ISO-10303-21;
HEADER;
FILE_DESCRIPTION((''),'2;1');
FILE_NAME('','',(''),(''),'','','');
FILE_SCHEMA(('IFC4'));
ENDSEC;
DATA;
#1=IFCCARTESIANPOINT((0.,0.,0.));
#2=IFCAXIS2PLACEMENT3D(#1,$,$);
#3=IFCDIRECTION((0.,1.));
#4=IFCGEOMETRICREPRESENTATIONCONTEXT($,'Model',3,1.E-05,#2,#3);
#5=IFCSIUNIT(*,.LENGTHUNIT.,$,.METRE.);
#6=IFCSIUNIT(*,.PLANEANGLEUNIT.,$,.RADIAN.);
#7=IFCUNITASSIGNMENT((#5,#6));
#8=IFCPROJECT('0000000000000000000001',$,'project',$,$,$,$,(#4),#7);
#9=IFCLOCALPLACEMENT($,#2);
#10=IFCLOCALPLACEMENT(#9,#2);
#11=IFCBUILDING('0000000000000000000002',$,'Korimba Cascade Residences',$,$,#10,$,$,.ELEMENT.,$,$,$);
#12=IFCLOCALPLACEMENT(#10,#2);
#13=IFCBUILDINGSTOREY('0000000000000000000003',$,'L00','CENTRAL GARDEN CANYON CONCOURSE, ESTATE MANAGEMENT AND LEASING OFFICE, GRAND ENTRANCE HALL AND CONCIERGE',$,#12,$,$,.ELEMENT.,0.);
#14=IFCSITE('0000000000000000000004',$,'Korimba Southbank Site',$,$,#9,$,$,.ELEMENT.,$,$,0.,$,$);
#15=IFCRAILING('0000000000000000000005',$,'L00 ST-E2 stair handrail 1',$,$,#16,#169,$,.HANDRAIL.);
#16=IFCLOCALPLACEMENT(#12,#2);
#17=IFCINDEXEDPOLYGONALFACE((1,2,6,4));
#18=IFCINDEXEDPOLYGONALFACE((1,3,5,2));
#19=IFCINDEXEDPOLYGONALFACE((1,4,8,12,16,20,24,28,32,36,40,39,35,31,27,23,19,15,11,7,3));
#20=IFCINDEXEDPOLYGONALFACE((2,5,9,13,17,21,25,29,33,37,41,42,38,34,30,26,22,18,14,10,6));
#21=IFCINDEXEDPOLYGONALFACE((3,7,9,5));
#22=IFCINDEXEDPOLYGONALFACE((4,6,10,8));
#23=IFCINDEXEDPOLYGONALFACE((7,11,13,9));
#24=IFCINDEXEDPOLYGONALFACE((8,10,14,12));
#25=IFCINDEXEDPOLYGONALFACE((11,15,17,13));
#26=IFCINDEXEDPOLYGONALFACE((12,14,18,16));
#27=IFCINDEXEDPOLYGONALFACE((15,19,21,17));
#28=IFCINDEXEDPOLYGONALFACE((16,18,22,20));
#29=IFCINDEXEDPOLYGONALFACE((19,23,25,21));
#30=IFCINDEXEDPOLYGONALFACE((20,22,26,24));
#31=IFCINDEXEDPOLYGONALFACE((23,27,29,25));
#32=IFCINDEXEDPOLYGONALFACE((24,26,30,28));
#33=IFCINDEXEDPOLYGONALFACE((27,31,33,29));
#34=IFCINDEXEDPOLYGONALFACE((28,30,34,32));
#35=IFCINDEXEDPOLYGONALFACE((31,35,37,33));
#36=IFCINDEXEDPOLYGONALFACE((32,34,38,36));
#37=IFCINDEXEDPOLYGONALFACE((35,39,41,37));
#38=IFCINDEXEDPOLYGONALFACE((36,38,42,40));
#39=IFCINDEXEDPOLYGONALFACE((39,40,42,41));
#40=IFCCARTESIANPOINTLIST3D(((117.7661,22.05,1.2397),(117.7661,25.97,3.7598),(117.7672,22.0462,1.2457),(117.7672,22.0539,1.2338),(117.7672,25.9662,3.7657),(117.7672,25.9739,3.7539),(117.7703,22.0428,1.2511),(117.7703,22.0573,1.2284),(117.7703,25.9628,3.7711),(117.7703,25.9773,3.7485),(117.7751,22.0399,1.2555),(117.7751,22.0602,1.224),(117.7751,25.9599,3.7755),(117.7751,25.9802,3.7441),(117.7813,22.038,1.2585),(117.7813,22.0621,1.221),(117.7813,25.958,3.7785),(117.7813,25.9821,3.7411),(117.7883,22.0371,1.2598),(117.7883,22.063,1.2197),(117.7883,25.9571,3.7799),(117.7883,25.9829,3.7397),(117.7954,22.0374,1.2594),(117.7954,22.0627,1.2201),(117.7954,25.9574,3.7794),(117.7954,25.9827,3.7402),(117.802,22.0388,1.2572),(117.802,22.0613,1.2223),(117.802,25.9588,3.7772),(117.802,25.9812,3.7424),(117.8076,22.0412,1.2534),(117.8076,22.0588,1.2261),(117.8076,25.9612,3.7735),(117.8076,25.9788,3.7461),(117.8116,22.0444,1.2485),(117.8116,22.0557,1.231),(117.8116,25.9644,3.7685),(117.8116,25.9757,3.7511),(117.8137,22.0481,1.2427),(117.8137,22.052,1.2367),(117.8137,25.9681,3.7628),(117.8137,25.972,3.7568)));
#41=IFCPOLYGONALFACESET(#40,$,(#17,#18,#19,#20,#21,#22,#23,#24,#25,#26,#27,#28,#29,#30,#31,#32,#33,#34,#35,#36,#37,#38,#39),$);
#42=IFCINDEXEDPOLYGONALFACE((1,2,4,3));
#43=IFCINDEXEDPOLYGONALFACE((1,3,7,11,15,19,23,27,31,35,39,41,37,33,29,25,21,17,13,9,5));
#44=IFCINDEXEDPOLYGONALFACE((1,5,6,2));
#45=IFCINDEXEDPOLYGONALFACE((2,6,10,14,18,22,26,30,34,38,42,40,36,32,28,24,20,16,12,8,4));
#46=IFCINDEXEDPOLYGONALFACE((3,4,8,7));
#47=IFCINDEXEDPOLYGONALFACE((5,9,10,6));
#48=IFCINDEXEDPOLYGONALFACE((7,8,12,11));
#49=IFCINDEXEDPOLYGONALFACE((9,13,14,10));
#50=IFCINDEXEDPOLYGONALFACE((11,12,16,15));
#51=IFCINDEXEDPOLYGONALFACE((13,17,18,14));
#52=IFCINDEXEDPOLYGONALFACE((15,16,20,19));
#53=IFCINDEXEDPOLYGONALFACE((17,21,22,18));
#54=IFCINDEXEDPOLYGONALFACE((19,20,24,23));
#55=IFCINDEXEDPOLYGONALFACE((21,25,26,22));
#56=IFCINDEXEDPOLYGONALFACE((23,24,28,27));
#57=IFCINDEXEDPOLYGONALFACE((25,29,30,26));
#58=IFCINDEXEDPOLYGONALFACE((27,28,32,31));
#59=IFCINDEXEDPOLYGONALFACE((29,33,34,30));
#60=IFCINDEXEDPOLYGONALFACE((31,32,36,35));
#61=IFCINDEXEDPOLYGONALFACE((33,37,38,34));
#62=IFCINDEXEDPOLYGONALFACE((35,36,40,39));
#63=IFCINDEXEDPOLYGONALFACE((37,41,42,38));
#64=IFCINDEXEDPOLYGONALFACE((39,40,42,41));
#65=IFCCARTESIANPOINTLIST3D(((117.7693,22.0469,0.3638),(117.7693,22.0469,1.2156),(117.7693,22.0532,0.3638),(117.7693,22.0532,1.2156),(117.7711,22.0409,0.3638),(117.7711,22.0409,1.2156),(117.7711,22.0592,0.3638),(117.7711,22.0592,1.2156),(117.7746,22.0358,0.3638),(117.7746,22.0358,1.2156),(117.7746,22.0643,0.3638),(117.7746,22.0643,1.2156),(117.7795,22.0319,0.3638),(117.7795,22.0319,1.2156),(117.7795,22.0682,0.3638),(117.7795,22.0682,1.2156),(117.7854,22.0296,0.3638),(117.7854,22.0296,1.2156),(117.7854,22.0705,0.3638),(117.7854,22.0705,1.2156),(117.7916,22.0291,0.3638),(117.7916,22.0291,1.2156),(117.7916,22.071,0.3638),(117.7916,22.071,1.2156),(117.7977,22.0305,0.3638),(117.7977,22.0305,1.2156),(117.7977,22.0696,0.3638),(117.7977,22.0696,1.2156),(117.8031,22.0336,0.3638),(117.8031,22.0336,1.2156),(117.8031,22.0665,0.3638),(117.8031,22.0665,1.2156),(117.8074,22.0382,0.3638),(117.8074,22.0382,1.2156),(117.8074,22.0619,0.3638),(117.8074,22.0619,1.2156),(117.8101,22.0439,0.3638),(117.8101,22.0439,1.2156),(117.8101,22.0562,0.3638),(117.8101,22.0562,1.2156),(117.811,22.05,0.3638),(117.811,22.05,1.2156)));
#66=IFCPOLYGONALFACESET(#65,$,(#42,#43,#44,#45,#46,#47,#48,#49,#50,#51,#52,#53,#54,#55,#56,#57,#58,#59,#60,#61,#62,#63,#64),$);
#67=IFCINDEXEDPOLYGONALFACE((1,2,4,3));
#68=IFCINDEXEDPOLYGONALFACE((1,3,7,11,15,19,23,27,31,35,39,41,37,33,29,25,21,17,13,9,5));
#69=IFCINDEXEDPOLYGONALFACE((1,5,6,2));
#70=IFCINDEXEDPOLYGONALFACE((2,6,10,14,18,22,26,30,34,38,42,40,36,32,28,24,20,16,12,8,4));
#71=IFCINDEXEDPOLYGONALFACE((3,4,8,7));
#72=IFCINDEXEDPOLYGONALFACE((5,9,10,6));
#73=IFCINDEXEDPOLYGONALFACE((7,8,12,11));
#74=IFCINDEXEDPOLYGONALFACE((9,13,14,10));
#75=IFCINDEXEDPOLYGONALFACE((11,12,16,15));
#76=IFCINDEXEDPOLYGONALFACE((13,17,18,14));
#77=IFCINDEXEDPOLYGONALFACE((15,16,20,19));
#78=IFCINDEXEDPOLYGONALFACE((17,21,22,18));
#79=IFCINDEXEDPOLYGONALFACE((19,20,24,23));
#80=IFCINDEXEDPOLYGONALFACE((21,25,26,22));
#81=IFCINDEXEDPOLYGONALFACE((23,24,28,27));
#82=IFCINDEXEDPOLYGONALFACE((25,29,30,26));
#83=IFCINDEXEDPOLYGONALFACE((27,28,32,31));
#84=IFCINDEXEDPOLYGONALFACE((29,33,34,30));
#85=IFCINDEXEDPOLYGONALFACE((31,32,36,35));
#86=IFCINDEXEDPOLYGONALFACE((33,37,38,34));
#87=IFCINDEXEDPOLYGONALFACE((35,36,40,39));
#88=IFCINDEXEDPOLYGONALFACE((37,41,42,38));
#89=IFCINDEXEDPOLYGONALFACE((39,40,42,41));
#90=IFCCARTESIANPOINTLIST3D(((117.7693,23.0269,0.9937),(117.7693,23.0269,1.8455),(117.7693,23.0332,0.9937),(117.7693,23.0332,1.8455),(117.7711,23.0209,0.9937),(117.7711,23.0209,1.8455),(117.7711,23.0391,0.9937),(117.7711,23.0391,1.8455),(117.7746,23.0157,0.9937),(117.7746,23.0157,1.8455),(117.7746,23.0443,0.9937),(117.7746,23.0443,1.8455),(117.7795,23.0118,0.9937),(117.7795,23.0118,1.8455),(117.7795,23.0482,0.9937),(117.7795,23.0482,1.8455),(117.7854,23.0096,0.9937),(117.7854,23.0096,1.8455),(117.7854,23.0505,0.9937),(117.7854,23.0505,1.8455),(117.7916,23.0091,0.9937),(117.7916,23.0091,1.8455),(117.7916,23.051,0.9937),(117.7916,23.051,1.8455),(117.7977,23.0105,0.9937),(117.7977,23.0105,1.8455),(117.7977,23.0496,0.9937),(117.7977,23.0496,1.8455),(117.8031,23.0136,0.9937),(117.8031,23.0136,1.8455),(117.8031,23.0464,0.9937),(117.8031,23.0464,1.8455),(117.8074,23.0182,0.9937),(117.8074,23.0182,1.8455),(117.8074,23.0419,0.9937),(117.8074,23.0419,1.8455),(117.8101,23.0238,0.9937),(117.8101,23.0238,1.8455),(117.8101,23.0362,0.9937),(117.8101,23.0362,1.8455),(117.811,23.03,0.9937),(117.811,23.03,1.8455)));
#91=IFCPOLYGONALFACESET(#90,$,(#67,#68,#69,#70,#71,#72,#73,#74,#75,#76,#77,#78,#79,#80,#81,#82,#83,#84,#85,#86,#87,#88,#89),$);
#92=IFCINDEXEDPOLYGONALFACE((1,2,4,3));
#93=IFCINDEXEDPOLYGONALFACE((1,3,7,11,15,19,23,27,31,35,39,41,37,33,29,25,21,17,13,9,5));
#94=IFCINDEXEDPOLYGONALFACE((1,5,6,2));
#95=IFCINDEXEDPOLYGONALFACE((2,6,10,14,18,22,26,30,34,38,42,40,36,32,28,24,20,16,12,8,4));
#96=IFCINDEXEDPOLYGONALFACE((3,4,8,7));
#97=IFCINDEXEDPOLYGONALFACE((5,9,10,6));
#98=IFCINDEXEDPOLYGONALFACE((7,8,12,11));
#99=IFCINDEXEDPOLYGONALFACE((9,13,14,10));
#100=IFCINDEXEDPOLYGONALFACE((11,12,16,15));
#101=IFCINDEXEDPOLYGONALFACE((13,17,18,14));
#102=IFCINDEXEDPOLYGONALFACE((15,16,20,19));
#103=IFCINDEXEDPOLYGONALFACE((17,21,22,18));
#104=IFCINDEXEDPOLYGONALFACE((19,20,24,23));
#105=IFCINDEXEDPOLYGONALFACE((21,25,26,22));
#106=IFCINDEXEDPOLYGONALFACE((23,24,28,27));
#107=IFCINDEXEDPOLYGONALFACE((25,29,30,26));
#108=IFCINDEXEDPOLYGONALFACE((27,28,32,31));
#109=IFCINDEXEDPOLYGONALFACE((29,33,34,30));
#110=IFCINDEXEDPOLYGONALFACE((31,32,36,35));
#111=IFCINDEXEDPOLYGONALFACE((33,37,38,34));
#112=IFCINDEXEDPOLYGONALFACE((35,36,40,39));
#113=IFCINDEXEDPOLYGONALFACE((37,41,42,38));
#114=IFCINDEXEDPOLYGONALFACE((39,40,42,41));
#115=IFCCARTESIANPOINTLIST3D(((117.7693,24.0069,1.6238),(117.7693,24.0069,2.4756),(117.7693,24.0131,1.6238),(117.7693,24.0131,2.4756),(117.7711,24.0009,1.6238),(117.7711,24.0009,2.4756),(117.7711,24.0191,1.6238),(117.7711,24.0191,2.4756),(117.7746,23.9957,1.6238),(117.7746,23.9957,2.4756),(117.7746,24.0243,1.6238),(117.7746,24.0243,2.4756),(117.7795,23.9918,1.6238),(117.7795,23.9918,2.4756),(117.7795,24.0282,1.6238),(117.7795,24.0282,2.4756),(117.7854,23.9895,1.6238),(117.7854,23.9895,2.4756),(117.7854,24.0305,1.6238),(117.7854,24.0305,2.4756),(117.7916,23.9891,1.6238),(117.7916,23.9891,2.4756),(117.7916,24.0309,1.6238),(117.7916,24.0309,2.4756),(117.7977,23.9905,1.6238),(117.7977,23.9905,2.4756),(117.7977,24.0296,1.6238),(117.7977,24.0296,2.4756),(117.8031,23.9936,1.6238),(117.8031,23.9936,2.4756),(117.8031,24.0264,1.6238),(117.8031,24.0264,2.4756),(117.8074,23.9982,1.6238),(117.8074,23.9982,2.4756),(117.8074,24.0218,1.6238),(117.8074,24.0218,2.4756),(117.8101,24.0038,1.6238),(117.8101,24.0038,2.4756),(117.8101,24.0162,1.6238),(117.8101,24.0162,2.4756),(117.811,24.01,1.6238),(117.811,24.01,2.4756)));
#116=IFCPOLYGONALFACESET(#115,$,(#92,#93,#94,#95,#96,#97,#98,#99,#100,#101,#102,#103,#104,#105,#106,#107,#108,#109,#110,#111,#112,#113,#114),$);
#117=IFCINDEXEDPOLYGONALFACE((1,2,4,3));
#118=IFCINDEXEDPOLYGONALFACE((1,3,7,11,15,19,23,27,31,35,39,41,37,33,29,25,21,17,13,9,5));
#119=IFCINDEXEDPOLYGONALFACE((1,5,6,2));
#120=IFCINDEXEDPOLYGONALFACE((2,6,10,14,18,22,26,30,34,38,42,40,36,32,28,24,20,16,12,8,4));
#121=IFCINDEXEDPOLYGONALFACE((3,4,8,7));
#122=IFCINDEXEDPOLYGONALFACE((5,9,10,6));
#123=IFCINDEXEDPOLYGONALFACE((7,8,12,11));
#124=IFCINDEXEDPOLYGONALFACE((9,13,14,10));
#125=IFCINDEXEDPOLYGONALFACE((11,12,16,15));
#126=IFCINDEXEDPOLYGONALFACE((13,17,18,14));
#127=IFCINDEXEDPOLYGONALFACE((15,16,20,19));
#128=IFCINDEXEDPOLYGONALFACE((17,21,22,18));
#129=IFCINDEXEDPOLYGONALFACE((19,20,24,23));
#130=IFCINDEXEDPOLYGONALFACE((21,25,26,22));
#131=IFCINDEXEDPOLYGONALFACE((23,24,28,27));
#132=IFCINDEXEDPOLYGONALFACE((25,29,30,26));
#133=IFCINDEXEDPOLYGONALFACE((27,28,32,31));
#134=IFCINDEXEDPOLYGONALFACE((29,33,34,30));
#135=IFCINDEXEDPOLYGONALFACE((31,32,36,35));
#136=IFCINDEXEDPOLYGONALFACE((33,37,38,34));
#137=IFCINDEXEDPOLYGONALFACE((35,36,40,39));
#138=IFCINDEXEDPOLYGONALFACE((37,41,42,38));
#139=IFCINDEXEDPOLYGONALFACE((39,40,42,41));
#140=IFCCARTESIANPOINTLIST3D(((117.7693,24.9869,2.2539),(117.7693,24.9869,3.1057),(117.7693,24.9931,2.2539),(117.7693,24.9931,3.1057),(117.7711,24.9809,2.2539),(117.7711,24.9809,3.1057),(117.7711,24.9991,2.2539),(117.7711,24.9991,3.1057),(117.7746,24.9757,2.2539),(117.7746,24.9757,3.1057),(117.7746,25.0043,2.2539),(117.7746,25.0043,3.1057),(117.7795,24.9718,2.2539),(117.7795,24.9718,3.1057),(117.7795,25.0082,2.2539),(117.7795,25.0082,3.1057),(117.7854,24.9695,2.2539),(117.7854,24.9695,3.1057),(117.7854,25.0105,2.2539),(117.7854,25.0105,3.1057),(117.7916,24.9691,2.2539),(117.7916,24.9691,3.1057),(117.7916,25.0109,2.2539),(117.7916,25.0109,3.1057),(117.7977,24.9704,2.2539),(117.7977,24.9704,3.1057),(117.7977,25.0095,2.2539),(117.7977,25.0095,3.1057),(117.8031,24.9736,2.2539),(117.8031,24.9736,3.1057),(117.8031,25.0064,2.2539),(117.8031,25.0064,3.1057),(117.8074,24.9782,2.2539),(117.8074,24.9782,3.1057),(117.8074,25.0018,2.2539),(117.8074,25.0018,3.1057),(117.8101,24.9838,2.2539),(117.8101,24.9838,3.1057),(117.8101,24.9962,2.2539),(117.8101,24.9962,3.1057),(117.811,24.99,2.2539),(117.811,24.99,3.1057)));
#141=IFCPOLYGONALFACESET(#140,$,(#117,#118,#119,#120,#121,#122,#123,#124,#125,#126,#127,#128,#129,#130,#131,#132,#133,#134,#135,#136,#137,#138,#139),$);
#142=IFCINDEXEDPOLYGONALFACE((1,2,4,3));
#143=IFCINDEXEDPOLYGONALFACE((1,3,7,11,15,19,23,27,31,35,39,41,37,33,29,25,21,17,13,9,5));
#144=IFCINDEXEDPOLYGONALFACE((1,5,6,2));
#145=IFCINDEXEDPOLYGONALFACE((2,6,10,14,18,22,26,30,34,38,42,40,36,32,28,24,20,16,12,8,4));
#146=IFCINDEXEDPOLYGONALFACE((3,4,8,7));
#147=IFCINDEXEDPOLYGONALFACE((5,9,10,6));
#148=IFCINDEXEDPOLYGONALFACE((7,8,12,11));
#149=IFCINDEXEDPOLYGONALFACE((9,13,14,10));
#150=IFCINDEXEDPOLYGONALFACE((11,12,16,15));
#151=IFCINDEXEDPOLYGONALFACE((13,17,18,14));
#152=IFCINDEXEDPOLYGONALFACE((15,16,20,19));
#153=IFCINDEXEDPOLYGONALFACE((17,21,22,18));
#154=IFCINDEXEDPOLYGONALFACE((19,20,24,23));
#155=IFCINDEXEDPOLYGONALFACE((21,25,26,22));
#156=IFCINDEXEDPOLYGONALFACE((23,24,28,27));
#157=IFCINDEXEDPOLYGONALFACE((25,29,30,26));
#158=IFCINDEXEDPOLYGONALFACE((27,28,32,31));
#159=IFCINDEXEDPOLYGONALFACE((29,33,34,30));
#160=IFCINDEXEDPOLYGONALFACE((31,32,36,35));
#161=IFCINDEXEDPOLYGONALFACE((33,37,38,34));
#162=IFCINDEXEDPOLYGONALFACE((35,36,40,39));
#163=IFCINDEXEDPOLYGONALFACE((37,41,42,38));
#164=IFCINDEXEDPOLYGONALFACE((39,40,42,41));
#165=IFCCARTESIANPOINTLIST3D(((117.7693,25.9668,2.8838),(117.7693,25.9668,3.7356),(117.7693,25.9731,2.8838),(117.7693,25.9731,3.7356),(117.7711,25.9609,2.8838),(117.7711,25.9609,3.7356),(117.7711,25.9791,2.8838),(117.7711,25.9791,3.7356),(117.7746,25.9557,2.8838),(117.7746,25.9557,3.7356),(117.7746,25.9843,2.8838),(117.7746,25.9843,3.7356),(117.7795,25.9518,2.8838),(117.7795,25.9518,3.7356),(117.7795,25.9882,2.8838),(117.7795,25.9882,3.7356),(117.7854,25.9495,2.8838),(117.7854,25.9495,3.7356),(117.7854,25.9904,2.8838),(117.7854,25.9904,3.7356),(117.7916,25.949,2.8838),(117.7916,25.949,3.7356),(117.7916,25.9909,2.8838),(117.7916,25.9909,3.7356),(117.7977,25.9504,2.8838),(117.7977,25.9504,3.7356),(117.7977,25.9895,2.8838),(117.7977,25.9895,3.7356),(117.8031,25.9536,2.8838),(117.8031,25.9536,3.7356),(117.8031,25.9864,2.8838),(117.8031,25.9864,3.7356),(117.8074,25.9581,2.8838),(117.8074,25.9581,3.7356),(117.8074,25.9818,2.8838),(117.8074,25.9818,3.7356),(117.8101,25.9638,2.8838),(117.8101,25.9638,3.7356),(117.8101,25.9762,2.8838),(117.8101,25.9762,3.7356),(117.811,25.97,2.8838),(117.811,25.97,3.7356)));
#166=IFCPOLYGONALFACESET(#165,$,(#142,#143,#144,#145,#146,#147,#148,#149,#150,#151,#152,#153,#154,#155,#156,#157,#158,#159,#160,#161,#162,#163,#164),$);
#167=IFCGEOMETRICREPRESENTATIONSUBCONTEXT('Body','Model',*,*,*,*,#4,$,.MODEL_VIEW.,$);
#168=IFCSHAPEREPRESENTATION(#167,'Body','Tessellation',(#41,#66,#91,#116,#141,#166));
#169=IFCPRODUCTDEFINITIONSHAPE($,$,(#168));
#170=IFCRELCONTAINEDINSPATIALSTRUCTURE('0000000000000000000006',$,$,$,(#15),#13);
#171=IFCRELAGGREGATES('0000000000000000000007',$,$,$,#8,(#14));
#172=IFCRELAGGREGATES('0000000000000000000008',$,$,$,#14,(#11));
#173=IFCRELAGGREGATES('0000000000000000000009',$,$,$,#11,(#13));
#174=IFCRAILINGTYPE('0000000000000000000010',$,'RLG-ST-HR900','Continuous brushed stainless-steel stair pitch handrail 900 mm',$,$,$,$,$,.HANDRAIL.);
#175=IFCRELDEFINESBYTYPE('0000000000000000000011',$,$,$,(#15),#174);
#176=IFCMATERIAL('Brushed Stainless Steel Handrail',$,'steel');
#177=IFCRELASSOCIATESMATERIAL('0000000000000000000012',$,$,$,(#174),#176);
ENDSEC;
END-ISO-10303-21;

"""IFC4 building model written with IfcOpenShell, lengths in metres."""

from ifc_helpers import new_model, si_unit, direction, frame, origin, origin_2d, place, context, subcontext, project, spatial, circle, extrude, material, type_object, element, save


model = new_model("IFC4")

# Units and contexts
model_context = context("Model", 3, precision=1e-05, world=origin(), true_north=direction((0.0, 1.0)))
body_context = subcontext(model_context, "Body", "Model", "MODEL_VIEW")
ifc_project = project(units=[si_unit("LENGTHUNIT", "METRE"), si_unit("PLANEANGLEUNIT", "RADIAN")], contexts=[model_context])

# Site, building, storey
site_placement = place(None, origin())
site = spatial("IfcSite", under=ifc_project, at=site_placement, Name="Korimba Southbank Site", CompositionType="ELEMENT", RefElevation=0.0)
building_placement = place(site_placement, origin())
building = spatial("IfcBuilding", under=site, at=building_placement, Name="Korimba Cascade Residences", CompositionType="ELEMENT")
storey_placement = place(building_placement, origin())
storey = spatial("IfcBuildingStorey", under=building, at=storey_placement, Name="L00", Description="CENTRAL GARDEN CANYON CONCOURSE, ESTATE MANAGEMENT AND LEASING OFFICE, GRAND ENTRANCE HALL AND CONCIERGE", CompositionType="ELEMENT", Elevation=0.0)

# Railing
ifc_material_1 = material(Name="Brushed Stainless Steel Handrail", Category="steel")
railing_type_1 = type_object("IfcRailingType", Name="RLG-ST-HR900", Description="Continuous brushed stainless-steel stair pitch handrail 900 mm", PredefinedType="HANDRAIL", material=ifc_material_1)
railing_1_placement = place(storey_placement, frame((117.79, 22.05, 0.3638)))
element("IfcRailing", 1, at=railing_1_placement, inside=storey, type_object=railing_type_1, Name="L00 ST-E2 stair handrail 1", PredefinedType="HANDRAIL", context=body_context, shape_type="SweptSolid", body=[
    extrude(circle(Radius=0.0239, at=origin_2d()), frame((0.0, 0.0, 0.876), z_axis=(0.0, 0.841172, 0.540768), x_axis=(-1.0, 0.0, 0.0)), (0.0, 0.0, 1.0), 4.6602),
    extrude(circle(Radius=0.021, at=origin_2d()), origin(), (0.0, 0.0, 1.0), 0.8518),
    extrude(circle(Radius=0.021, at=origin_2d()), frame((0.0, 0.98, 0.6299)), (0.0, 0.0, 1.0), 0.8518),
    extrude(circle(Radius=0.021, at=origin_2d()), frame((0.0, 1.96, 1.26)), (0.0, 0.0, 1.0), 0.8518),
    extrude(circle(Radius=0.021, at=origin_2d()), frame((0.0, 2.9399, 1.8901)), (0.0, 0.0, 1.0), 0.8518),
    extrude(circle(Radius=0.021, at=origin_2d()), frame((0.0, 3.9199, 2.52)), (0.0, 0.0, 1.0), 0.8518),
])

save(model, "model.ifc")
